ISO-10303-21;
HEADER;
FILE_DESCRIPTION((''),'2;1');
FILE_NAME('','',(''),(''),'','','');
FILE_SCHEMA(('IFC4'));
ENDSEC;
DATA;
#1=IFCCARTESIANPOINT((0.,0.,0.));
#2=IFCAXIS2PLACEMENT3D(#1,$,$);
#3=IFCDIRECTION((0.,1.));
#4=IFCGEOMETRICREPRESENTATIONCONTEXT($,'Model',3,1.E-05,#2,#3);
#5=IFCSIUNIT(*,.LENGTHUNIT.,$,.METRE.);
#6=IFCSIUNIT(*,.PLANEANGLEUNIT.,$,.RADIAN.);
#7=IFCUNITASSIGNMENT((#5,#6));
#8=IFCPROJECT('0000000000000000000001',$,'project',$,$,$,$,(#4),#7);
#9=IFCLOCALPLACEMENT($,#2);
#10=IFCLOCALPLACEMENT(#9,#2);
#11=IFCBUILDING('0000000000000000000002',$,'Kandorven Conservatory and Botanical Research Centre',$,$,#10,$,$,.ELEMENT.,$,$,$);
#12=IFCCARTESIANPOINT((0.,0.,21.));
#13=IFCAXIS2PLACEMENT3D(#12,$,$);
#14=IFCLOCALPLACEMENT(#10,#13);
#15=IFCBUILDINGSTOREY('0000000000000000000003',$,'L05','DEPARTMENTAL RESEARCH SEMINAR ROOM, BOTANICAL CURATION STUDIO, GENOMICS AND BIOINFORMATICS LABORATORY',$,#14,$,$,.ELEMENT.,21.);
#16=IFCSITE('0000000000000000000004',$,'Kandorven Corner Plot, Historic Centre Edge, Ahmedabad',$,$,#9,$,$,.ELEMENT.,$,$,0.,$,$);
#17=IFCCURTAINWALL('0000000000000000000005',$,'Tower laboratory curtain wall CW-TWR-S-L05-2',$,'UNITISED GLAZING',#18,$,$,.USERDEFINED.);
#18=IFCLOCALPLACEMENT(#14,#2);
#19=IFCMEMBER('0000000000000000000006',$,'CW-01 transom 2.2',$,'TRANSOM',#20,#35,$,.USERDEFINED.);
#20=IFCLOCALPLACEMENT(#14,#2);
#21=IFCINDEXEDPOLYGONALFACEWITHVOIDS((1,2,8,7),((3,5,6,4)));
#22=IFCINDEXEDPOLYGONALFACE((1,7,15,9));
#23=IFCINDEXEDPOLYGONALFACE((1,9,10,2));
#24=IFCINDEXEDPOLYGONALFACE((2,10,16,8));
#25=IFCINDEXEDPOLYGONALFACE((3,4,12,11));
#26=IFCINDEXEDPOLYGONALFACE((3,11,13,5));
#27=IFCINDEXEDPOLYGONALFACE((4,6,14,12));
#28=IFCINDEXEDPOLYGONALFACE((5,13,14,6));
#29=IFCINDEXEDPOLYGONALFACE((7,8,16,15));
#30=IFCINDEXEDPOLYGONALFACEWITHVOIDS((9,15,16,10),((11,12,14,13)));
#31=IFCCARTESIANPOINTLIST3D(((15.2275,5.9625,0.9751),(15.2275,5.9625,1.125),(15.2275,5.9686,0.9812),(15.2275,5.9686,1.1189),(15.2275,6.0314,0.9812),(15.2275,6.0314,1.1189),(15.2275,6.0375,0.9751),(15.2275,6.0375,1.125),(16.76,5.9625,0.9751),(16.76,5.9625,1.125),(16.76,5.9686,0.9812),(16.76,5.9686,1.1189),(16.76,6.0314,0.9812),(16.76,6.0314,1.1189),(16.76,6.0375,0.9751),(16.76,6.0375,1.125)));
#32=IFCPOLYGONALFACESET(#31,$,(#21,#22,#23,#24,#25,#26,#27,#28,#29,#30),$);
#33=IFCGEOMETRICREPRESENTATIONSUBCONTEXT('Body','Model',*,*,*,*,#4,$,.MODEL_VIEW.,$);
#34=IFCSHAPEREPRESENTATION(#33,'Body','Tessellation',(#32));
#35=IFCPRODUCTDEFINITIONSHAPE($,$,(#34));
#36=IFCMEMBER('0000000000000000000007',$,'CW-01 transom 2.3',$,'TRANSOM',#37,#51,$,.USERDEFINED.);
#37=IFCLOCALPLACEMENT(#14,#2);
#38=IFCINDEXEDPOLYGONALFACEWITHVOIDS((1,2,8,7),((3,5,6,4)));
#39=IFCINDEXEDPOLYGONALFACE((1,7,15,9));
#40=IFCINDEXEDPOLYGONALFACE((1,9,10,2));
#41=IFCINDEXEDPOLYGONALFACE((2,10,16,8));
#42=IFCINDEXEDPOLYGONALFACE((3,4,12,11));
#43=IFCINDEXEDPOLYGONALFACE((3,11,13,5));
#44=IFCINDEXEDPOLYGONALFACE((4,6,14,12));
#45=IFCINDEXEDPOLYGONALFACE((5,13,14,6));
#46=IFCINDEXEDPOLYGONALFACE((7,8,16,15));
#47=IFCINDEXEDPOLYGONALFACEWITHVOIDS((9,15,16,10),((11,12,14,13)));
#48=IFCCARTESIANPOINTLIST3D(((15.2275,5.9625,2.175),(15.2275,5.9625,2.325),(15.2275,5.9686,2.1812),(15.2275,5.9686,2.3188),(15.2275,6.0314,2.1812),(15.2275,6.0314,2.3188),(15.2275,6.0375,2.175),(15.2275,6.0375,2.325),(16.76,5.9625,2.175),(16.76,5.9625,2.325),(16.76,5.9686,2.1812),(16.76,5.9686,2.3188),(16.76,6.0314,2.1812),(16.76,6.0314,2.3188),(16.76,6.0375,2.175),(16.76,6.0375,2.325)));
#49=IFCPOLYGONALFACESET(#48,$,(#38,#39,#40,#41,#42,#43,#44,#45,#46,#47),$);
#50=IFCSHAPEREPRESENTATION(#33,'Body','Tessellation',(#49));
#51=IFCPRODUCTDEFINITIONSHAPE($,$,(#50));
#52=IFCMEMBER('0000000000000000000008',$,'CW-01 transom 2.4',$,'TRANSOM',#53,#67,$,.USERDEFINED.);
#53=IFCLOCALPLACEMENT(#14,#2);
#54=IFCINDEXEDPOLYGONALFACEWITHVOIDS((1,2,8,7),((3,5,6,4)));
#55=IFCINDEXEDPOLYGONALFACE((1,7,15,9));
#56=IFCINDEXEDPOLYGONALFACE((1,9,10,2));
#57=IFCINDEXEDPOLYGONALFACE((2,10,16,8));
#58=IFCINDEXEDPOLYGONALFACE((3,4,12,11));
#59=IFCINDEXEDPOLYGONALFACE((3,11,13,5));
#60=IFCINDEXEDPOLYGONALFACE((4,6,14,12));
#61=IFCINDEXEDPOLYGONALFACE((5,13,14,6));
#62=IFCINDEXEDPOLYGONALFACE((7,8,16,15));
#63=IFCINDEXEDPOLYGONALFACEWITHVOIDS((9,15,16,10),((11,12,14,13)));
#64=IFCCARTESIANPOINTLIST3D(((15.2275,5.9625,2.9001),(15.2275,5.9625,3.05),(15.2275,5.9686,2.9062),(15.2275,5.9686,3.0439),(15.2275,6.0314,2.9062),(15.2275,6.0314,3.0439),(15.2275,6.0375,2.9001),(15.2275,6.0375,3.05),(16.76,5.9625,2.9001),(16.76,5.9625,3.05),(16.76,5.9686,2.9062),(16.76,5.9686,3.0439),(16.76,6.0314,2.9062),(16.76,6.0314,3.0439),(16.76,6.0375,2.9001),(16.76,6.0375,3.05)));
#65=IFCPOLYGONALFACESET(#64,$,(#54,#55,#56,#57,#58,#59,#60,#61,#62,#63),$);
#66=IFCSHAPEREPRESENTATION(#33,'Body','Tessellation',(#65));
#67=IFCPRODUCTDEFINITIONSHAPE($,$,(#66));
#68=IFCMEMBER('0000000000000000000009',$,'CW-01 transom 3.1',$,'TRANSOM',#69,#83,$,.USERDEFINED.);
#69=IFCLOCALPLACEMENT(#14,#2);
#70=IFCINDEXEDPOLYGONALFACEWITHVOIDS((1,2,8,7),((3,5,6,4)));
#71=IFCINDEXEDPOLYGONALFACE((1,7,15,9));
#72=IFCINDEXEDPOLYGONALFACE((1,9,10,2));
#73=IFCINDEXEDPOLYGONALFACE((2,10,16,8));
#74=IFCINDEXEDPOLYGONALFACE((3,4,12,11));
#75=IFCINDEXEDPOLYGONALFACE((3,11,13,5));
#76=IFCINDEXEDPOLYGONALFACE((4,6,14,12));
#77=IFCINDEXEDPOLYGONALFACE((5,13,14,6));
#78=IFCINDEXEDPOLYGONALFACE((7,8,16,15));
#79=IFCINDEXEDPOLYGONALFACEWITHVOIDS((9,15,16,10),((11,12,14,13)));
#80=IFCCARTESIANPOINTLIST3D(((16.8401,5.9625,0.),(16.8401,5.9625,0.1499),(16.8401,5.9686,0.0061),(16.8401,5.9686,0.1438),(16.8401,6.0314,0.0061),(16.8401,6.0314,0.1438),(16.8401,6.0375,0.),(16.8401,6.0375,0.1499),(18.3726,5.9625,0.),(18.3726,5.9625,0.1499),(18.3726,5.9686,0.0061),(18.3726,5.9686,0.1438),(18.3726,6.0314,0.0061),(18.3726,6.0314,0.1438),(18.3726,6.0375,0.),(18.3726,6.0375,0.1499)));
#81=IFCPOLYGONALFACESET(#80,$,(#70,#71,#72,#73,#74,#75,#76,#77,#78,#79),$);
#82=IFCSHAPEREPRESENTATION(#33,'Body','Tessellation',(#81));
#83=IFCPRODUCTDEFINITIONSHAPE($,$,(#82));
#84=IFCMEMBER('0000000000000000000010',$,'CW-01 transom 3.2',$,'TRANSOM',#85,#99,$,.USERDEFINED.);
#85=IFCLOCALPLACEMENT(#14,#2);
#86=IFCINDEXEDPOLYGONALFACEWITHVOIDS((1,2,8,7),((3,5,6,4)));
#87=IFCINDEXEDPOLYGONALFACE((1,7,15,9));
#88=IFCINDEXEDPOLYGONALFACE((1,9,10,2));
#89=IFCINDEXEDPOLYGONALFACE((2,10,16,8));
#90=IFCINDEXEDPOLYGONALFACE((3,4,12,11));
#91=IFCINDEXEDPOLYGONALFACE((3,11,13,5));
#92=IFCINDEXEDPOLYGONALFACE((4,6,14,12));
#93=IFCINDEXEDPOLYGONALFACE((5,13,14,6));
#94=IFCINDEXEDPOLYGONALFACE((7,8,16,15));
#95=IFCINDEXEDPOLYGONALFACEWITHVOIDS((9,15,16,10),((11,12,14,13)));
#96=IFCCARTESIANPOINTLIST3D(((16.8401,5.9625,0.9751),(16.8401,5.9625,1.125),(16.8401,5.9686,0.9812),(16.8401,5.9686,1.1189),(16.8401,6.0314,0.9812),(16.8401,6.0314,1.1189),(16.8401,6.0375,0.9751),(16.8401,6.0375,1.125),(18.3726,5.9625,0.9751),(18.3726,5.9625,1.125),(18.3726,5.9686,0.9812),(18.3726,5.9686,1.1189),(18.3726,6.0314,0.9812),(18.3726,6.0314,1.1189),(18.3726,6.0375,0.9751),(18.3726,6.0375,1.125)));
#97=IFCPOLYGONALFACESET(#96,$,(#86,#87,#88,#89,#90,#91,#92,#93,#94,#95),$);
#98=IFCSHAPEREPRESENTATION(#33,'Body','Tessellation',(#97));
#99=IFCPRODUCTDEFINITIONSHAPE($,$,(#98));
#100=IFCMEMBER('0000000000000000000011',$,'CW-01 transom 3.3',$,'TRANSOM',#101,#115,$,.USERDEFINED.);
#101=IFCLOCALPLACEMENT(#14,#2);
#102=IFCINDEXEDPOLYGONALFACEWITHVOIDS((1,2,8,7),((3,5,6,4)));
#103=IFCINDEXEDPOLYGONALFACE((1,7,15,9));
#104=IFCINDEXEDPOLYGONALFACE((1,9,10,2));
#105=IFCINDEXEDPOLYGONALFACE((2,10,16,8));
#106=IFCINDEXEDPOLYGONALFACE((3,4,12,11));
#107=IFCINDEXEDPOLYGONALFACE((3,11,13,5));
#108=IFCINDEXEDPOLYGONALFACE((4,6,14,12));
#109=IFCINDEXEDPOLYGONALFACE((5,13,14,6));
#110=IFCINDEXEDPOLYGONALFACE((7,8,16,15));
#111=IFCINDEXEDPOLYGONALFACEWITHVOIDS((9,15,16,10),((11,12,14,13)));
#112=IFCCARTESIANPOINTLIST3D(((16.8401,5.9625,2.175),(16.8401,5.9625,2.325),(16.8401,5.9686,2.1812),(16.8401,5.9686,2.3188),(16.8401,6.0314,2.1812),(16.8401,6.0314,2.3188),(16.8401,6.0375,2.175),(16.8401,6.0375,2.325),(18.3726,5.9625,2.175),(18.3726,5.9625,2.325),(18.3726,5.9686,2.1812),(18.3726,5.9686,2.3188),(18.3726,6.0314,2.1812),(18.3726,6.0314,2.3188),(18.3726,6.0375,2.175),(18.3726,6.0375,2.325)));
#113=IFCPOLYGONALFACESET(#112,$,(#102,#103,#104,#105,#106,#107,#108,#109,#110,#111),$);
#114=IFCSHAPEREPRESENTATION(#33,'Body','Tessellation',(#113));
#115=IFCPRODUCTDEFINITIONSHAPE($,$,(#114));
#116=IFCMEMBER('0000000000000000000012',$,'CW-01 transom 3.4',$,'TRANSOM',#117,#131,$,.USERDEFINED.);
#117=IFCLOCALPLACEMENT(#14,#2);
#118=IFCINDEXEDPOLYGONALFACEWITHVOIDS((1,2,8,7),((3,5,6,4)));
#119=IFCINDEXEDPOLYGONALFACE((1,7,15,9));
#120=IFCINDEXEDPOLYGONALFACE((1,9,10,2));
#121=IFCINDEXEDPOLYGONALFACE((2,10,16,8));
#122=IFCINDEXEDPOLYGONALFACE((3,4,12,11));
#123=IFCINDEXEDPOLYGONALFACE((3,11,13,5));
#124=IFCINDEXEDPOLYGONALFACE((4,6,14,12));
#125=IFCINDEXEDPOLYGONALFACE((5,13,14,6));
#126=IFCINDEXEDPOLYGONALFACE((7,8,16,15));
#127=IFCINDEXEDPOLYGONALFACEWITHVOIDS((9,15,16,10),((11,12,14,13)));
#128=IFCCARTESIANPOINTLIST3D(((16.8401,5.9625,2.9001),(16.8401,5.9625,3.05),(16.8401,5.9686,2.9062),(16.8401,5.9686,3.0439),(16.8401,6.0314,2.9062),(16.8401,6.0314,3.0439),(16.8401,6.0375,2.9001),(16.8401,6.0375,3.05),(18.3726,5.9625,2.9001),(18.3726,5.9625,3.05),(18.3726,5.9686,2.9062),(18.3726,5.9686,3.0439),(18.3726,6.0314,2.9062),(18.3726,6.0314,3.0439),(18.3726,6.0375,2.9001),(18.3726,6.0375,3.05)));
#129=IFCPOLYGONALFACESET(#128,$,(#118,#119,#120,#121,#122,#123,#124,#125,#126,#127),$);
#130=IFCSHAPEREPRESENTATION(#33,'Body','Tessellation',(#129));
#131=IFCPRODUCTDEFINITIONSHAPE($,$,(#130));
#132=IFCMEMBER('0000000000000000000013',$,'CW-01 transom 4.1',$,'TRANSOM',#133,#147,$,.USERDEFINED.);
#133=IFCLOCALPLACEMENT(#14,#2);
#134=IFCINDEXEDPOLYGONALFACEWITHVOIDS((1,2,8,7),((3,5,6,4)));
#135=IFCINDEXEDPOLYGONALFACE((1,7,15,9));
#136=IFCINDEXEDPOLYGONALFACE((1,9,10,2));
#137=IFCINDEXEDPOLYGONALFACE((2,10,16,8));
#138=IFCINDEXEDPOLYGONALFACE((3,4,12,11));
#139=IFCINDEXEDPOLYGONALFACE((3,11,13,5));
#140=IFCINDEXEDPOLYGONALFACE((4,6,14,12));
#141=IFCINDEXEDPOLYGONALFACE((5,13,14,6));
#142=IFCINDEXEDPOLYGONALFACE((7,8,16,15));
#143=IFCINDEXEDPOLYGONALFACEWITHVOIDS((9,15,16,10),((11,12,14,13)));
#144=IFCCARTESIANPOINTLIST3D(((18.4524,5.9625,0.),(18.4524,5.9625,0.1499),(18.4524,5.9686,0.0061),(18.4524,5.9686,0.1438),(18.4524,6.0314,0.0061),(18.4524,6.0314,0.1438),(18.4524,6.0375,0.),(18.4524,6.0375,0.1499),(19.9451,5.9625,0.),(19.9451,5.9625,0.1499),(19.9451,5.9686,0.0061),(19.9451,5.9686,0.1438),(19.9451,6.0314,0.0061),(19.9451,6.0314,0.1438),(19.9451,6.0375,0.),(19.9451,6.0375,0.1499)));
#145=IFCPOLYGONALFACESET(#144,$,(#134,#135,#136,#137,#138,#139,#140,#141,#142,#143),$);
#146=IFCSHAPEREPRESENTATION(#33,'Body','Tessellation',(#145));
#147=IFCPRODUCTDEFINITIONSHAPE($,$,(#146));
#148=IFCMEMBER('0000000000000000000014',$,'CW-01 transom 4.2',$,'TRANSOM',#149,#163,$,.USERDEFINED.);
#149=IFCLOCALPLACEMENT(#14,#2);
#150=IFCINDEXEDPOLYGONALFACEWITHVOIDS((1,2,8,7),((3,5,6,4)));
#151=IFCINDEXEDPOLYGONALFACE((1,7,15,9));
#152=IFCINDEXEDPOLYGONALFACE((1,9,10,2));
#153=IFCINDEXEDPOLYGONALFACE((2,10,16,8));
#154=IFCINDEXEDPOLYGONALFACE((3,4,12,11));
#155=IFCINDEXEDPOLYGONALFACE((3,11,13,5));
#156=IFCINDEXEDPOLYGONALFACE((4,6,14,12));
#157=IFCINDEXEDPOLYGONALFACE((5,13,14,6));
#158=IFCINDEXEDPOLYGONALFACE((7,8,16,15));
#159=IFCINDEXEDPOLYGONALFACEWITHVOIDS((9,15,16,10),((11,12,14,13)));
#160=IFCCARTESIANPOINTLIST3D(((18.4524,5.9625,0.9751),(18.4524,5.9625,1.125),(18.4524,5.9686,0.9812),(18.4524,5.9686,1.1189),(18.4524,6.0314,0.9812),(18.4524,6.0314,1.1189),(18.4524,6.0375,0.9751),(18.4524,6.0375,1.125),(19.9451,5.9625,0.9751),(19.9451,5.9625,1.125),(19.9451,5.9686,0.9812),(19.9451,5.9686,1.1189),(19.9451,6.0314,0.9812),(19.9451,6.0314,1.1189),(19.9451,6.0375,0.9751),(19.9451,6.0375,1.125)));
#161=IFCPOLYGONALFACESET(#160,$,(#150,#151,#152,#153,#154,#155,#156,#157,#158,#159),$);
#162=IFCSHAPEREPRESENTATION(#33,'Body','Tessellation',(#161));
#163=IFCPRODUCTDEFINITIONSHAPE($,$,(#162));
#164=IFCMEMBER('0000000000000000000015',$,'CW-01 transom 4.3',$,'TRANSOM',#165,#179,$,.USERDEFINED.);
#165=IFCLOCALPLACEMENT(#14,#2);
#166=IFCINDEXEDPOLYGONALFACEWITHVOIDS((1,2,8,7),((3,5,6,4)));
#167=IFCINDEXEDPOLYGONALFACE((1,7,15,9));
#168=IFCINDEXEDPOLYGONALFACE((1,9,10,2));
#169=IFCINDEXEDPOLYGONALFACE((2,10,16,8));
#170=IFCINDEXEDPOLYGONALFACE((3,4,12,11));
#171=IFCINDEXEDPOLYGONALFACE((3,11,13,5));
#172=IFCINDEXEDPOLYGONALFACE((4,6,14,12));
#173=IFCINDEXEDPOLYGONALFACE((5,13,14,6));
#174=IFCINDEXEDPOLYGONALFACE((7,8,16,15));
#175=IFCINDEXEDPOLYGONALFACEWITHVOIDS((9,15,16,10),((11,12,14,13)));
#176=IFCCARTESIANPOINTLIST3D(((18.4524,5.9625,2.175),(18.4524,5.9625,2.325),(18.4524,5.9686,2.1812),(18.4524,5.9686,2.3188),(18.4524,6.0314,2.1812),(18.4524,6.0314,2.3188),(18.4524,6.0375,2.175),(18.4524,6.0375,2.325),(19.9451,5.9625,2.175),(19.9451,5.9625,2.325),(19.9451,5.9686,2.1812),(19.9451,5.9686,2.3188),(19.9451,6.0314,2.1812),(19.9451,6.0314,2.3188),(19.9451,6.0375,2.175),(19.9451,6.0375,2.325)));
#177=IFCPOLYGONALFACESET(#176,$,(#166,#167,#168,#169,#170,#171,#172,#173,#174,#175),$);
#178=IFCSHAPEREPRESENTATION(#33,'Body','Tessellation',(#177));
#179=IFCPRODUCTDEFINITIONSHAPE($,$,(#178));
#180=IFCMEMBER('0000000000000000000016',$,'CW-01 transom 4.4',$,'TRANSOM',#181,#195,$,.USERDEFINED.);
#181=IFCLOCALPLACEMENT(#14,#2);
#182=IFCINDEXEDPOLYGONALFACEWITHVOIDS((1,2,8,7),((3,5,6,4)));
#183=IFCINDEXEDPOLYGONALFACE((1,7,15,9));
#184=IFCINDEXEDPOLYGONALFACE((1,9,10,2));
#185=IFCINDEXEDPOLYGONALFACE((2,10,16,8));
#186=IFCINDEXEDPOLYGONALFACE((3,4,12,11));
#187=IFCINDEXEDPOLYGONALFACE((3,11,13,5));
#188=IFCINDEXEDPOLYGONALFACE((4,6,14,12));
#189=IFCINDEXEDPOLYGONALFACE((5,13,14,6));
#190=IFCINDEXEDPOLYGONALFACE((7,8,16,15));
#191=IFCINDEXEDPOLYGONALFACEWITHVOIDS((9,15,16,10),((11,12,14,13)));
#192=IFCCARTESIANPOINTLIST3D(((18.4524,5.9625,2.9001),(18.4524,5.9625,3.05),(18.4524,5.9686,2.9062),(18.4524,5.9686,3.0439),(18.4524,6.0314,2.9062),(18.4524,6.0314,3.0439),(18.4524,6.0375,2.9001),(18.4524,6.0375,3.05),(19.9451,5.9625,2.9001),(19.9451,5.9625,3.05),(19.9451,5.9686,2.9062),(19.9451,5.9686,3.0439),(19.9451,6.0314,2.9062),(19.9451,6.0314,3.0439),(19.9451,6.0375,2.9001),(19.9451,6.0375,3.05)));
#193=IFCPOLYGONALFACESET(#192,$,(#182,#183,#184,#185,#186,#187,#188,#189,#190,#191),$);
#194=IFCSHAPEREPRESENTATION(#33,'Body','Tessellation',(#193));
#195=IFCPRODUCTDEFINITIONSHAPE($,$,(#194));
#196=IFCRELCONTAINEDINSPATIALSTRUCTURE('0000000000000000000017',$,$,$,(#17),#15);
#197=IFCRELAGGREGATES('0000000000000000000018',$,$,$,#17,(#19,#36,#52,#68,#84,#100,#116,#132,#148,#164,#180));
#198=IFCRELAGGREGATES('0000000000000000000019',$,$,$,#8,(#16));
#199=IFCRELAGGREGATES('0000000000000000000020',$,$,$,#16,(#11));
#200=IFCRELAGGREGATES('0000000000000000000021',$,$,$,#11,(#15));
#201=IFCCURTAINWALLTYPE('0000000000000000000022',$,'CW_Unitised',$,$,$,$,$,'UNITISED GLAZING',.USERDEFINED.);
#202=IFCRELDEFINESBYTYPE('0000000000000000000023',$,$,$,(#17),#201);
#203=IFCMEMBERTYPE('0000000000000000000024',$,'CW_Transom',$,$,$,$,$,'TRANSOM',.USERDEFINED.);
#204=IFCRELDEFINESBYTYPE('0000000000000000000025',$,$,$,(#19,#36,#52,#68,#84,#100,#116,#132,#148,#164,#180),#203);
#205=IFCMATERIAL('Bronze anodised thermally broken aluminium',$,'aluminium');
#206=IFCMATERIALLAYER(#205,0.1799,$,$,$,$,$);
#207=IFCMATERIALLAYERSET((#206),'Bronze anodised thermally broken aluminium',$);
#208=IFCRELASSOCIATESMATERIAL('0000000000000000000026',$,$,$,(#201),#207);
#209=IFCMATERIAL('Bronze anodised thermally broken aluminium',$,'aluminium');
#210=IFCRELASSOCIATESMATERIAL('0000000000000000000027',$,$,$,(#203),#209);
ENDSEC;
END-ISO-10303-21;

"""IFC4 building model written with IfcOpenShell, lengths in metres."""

from ifc_helpers import new_model, si_unit, direction, frame, origin, origin_2d, place, context, subcontext, project, spatial, hollow_rectangle, extrude, material, layer, layer_set, material_profile, profile_set, type_object, element, aggregate, save


model = new_model("IFC4")

# Units and contexts
model_context = context("Model", 3, precision=1e-05, world=origin(), true_north=direction((0.0, 1.0)))
body_context = subcontext(model_context, "Body", "Model", "MODEL_VIEW")
ifc_project = project(units=[si_unit("LENGTHUNIT", "METRE"), si_unit("PLANEANGLEUNIT", "RADIAN")], contexts=[model_context])

# Site, building, storey
site_placement = place(None, origin())
site = spatial("IfcSite", under=ifc_project, at=site_placement, Name="Kandorven Corner Plot, Historic Centre Edge, Ahmedabad", CompositionType="ELEMENT", RefElevation=0.0)
building_placement = place(site_placement, origin())
building = spatial("IfcBuilding", under=site, at=building_placement, Name="Kandorven Conservatory and Botanical Research Centre", CompositionType="ELEMENT")
storey_placement = place(building_placement, frame((0.0, 0.0, 21.0)))
storey = spatial("IfcBuildingStorey", under=building, at=storey_placement, Name="L05", Description="DEPARTMENTAL RESEARCH SEMINAR ROOM, BOTANICAL CURATION STUDIO, GENOMICS AND BIOINFORMATICS LABORATORY", CompositionType="ELEMENT", Elevation=21.0)

# Curtain wall, members
ifc_material_1 = material(Name="Bronze anodised thermally broken aluminium", Category="aluminium")
ifc_layer_1 = layer(ifc_material_1, 0.1799)
ifc_layer_set_1 = layer_set([ifc_layer_1], Name="Bronze anodised thermally broken aluminium")
curtain_wall_type = type_object("IfcCurtainWallType", Name="CW_Unitised", ElementType="UNITISED GLAZING", PredefinedType="USERDEFINED", material=ifc_layer_set_1)
curtain_wall_placement = place(storey_placement, origin())
curtain_wall = element("IfcCurtainWall", 1, at=curtain_wall_placement, inside=storey, type_object=curtain_wall_type, Name="Tower laboratory curtain wall CW-TWR-S-L05-2", ObjectType="UNITISED GLAZING", PredefinedType="USERDEFINED")
ifc_material_2 = material(Name="Bronze anodised thermally broken aluminium", Category="aluminium")
ifc_material_profile_1 = material_profile(ifc_material_2, hollow_rectangle(XDim=0.075, YDim=0.1499, WallThickness=0.0061, at=origin_2d()))
ifc_profile_set_1 = profile_set([ifc_material_profile_1], Name="Bronze anodised thermally broken aluminium")
member_type_1 = type_object("IfcMemberType", Name="CW_Transom", ElementType="TRANSOM", PredefinedType="USERDEFINED", material=ifc_profile_set_1)
member_1_placement = place(storey_placement, frame((15.2275, 6.0, 1.05), z_axis=(1.0, 0.0, 0.0), x_axis=(0.0, 1.0, 0.0)))
member_1 = element("IfcMember", 2, at=member_1_placement, type_object=member_type_1, Name="CW-01 transom 2.2", ObjectType="TRANSOM", PredefinedType="USERDEFINED", context=body_context, shape_type="SweptSolid", body=[
    extrude(hollow_rectangle(XDim=0.075, YDim=0.1499, WallThickness=0.0061, at=origin_2d()), origin(), (0.0, 0.0, 1.0), 1.5325),
])
member_2_placement = place(storey_placement, frame((15.2275, 6.0, 2.25), z_axis=(1.0, 0.0, 0.0), x_axis=(0.0, 1.0, 0.0)))
member_2 = element("IfcMember", 3, at=member_2_placement, type_object=member_type_1, Name="CW-01 transom 2.3", ObjectType="TRANSOM", PredefinedType="USERDEFINED", context=body_context, shape_type="SweptSolid", body=[
    extrude(hollow_rectangle(XDim=0.075, YDim=0.1499, WallThickness=0.0061, at=origin_2d()), origin(), (0.0, 0.0, 1.0), 1.5325),
])
member_3_placement = place(storey_placement, frame((15.2275, 6.0, 2.9751), z_axis=(1.0, 0.0, 0.0), x_axis=(0.0, 1.0, 0.0)))
member_3 = element("IfcMember", 4, at=member_3_placement, type_object=member_type_1, Name="CW-01 transom 2.4", ObjectType="TRANSOM", PredefinedType="USERDEFINED", context=body_context, shape_type="SweptSolid", body=[
    extrude(hollow_rectangle(XDim=0.075, YDim=0.1499, WallThickness=0.0061, at=origin_2d()), origin(), (0.0, 0.0, 1.0), 1.5325),
])
member_4_placement = place(storey_placement, frame((16.8401, 6.0, 0.075), z_axis=(1.0, 0.0, 0.0), x_axis=(0.0, 1.0, 0.0)))
member_4 = element("IfcMember", 5, at=member_4_placement, type_object=member_type_1, Name="CW-01 transom 3.1", ObjectType="TRANSOM", PredefinedType="USERDEFINED", context=body_context, shape_type="SweptSolid", body=[
    extrude(hollow_rectangle(XDim=0.075, YDim=0.1499, WallThickness=0.0061, at=origin_2d()), origin(), (0.0, 0.0, 1.0), 1.5325),
])
member_5_placement = place(storey_placement, frame((16.8401, 6.0, 1.05), z_axis=(1.0, 0.0, 0.0), x_axis=(0.0, 1.0, 0.0)))
member_5 = element("IfcMember", 6, at=member_5_placement, type_object=member_type_1, Name="CW-01 transom 3.2", ObjectType="TRANSOM", PredefinedType="USERDEFINED", context=body_context, shape_type="SweptSolid", body=[
    extrude(hollow_rectangle(XDim=0.075, YDim=0.1499, WallThickness=0.0061, at=origin_2d()), origin(), (0.0, 0.0, 1.0), 1.5325),
])
member_6_placement = place(storey_placement, frame((16.8401, 6.0, 2.25), z_axis=(1.0, 0.0, 0.0), x_axis=(0.0, 1.0, 0.0)))
member_6 = element("IfcMember", 7, at=member_6_placement, type_object=member_type_1, Name="CW-01 transom 3.3", ObjectType="TRANSOM", PredefinedType="USERDEFINED", context=body_context, shape_type="SweptSolid", body=[
    extrude(hollow_rectangle(XDim=0.075, YDim=0.1499, WallThickness=0.0061, at=origin_2d()), origin(), (0.0, 0.0, 1.0), 1.5325),
])
member_7_placement = place(storey_placement, frame((16.8401, 6.0, 2.9751), z_axis=(1.0, 0.0, 0.0), x_axis=(0.0, 1.0, 0.0)))
member_7 = element("IfcMember", 8, at=member_7_placement, type_object=member_type_1, Name="CW-01 transom 3.4", ObjectType="TRANSOM", PredefinedType="USERDEFINED", context=body_context, shape_type="SweptSolid", body=[
    extrude(hollow_rectangle(XDim=0.075, YDim=0.1499, WallThickness=0.0061, at=origin_2d()), origin(), (0.0, 0.0, 1.0), 1.5325),
])
member_8_placement = place(storey_placement, frame((18.4524, 6.0, 0.075), z_axis=(1.0, 0.0, 0.0), x_axis=(0.0, 1.0, 0.0)))
member_8 = element("IfcMember", 9, at=member_8_placement, type_object=member_type_1, Name="CW-01 transom 4.1", ObjectType="TRANSOM", PredefinedType="USERDEFINED", context=body_context, shape_type="SweptSolid", body=[
    extrude(hollow_rectangle(XDim=0.075, YDim=0.1499, WallThickness=0.0061, at=origin_2d()), origin(), (0.0, 0.0, 1.0), 1.4927),
])
member_9_placement = place(storey_placement, frame((18.4524, 6.0, 1.05), z_axis=(1.0, 0.0, 0.0), x_axis=(0.0, 1.0, 0.0)))
member_9 = element("IfcMember", 10, at=member_9_placement, type_object=member_type_1, Name="CW-01 transom 4.2", ObjectType="TRANSOM", PredefinedType="USERDEFINED", context=body_context, shape_type="SweptSolid", body=[
    extrude(hollow_rectangle(XDim=0.075, YDim=0.1499, WallThickness=0.0061, at=origin_2d()), origin(), (0.0, 0.0, 1.0), 1.4927),
])
member_10_placement = place(storey_placement, frame((18.4524, 6.0, 2.25), z_axis=(1.0, 0.0, 0.0), x_axis=(0.0, 1.0, 0.0)))
member_10 = element("IfcMember", 11, at=member_10_placement, type_object=member_type_1, Name="CW-01 transom 4.3", ObjectType="TRANSOM", PredefinedType="USERDEFINED", context=body_context, shape_type="SweptSolid", body=[
    extrude(hollow_rectangle(XDim=0.075, YDim=0.1499, WallThickness=0.0061, at=origin_2d()), origin(), (0.0, 0.0, 1.0), 1.4927),
])
member_11_placement = place(storey_placement, frame((18.4524, 6.0, 2.9751), z_axis=(1.0, 0.0, 0.0), x_axis=(0.0, 1.0, 0.0)))
member_11 = element("IfcMember", 12, at=member_11_placement, type_object=member_type_1, Name="CW-01 transom 4.4", ObjectType="TRANSOM", PredefinedType="USERDEFINED", context=body_context, shape_type="SweptSolid", body=[
    extrude(hollow_rectangle(XDim=0.075, YDim=0.1499, WallThickness=0.0061, at=origin_2d()), origin(), (0.0, 0.0, 1.0), 1.4927),
])
aggregate(curtain_wall, [member_1, member_2, member_3, member_4, member_5, member_6, member_7, member_8, member_9, member_10, member_11])

save(model, "model.ifc")
